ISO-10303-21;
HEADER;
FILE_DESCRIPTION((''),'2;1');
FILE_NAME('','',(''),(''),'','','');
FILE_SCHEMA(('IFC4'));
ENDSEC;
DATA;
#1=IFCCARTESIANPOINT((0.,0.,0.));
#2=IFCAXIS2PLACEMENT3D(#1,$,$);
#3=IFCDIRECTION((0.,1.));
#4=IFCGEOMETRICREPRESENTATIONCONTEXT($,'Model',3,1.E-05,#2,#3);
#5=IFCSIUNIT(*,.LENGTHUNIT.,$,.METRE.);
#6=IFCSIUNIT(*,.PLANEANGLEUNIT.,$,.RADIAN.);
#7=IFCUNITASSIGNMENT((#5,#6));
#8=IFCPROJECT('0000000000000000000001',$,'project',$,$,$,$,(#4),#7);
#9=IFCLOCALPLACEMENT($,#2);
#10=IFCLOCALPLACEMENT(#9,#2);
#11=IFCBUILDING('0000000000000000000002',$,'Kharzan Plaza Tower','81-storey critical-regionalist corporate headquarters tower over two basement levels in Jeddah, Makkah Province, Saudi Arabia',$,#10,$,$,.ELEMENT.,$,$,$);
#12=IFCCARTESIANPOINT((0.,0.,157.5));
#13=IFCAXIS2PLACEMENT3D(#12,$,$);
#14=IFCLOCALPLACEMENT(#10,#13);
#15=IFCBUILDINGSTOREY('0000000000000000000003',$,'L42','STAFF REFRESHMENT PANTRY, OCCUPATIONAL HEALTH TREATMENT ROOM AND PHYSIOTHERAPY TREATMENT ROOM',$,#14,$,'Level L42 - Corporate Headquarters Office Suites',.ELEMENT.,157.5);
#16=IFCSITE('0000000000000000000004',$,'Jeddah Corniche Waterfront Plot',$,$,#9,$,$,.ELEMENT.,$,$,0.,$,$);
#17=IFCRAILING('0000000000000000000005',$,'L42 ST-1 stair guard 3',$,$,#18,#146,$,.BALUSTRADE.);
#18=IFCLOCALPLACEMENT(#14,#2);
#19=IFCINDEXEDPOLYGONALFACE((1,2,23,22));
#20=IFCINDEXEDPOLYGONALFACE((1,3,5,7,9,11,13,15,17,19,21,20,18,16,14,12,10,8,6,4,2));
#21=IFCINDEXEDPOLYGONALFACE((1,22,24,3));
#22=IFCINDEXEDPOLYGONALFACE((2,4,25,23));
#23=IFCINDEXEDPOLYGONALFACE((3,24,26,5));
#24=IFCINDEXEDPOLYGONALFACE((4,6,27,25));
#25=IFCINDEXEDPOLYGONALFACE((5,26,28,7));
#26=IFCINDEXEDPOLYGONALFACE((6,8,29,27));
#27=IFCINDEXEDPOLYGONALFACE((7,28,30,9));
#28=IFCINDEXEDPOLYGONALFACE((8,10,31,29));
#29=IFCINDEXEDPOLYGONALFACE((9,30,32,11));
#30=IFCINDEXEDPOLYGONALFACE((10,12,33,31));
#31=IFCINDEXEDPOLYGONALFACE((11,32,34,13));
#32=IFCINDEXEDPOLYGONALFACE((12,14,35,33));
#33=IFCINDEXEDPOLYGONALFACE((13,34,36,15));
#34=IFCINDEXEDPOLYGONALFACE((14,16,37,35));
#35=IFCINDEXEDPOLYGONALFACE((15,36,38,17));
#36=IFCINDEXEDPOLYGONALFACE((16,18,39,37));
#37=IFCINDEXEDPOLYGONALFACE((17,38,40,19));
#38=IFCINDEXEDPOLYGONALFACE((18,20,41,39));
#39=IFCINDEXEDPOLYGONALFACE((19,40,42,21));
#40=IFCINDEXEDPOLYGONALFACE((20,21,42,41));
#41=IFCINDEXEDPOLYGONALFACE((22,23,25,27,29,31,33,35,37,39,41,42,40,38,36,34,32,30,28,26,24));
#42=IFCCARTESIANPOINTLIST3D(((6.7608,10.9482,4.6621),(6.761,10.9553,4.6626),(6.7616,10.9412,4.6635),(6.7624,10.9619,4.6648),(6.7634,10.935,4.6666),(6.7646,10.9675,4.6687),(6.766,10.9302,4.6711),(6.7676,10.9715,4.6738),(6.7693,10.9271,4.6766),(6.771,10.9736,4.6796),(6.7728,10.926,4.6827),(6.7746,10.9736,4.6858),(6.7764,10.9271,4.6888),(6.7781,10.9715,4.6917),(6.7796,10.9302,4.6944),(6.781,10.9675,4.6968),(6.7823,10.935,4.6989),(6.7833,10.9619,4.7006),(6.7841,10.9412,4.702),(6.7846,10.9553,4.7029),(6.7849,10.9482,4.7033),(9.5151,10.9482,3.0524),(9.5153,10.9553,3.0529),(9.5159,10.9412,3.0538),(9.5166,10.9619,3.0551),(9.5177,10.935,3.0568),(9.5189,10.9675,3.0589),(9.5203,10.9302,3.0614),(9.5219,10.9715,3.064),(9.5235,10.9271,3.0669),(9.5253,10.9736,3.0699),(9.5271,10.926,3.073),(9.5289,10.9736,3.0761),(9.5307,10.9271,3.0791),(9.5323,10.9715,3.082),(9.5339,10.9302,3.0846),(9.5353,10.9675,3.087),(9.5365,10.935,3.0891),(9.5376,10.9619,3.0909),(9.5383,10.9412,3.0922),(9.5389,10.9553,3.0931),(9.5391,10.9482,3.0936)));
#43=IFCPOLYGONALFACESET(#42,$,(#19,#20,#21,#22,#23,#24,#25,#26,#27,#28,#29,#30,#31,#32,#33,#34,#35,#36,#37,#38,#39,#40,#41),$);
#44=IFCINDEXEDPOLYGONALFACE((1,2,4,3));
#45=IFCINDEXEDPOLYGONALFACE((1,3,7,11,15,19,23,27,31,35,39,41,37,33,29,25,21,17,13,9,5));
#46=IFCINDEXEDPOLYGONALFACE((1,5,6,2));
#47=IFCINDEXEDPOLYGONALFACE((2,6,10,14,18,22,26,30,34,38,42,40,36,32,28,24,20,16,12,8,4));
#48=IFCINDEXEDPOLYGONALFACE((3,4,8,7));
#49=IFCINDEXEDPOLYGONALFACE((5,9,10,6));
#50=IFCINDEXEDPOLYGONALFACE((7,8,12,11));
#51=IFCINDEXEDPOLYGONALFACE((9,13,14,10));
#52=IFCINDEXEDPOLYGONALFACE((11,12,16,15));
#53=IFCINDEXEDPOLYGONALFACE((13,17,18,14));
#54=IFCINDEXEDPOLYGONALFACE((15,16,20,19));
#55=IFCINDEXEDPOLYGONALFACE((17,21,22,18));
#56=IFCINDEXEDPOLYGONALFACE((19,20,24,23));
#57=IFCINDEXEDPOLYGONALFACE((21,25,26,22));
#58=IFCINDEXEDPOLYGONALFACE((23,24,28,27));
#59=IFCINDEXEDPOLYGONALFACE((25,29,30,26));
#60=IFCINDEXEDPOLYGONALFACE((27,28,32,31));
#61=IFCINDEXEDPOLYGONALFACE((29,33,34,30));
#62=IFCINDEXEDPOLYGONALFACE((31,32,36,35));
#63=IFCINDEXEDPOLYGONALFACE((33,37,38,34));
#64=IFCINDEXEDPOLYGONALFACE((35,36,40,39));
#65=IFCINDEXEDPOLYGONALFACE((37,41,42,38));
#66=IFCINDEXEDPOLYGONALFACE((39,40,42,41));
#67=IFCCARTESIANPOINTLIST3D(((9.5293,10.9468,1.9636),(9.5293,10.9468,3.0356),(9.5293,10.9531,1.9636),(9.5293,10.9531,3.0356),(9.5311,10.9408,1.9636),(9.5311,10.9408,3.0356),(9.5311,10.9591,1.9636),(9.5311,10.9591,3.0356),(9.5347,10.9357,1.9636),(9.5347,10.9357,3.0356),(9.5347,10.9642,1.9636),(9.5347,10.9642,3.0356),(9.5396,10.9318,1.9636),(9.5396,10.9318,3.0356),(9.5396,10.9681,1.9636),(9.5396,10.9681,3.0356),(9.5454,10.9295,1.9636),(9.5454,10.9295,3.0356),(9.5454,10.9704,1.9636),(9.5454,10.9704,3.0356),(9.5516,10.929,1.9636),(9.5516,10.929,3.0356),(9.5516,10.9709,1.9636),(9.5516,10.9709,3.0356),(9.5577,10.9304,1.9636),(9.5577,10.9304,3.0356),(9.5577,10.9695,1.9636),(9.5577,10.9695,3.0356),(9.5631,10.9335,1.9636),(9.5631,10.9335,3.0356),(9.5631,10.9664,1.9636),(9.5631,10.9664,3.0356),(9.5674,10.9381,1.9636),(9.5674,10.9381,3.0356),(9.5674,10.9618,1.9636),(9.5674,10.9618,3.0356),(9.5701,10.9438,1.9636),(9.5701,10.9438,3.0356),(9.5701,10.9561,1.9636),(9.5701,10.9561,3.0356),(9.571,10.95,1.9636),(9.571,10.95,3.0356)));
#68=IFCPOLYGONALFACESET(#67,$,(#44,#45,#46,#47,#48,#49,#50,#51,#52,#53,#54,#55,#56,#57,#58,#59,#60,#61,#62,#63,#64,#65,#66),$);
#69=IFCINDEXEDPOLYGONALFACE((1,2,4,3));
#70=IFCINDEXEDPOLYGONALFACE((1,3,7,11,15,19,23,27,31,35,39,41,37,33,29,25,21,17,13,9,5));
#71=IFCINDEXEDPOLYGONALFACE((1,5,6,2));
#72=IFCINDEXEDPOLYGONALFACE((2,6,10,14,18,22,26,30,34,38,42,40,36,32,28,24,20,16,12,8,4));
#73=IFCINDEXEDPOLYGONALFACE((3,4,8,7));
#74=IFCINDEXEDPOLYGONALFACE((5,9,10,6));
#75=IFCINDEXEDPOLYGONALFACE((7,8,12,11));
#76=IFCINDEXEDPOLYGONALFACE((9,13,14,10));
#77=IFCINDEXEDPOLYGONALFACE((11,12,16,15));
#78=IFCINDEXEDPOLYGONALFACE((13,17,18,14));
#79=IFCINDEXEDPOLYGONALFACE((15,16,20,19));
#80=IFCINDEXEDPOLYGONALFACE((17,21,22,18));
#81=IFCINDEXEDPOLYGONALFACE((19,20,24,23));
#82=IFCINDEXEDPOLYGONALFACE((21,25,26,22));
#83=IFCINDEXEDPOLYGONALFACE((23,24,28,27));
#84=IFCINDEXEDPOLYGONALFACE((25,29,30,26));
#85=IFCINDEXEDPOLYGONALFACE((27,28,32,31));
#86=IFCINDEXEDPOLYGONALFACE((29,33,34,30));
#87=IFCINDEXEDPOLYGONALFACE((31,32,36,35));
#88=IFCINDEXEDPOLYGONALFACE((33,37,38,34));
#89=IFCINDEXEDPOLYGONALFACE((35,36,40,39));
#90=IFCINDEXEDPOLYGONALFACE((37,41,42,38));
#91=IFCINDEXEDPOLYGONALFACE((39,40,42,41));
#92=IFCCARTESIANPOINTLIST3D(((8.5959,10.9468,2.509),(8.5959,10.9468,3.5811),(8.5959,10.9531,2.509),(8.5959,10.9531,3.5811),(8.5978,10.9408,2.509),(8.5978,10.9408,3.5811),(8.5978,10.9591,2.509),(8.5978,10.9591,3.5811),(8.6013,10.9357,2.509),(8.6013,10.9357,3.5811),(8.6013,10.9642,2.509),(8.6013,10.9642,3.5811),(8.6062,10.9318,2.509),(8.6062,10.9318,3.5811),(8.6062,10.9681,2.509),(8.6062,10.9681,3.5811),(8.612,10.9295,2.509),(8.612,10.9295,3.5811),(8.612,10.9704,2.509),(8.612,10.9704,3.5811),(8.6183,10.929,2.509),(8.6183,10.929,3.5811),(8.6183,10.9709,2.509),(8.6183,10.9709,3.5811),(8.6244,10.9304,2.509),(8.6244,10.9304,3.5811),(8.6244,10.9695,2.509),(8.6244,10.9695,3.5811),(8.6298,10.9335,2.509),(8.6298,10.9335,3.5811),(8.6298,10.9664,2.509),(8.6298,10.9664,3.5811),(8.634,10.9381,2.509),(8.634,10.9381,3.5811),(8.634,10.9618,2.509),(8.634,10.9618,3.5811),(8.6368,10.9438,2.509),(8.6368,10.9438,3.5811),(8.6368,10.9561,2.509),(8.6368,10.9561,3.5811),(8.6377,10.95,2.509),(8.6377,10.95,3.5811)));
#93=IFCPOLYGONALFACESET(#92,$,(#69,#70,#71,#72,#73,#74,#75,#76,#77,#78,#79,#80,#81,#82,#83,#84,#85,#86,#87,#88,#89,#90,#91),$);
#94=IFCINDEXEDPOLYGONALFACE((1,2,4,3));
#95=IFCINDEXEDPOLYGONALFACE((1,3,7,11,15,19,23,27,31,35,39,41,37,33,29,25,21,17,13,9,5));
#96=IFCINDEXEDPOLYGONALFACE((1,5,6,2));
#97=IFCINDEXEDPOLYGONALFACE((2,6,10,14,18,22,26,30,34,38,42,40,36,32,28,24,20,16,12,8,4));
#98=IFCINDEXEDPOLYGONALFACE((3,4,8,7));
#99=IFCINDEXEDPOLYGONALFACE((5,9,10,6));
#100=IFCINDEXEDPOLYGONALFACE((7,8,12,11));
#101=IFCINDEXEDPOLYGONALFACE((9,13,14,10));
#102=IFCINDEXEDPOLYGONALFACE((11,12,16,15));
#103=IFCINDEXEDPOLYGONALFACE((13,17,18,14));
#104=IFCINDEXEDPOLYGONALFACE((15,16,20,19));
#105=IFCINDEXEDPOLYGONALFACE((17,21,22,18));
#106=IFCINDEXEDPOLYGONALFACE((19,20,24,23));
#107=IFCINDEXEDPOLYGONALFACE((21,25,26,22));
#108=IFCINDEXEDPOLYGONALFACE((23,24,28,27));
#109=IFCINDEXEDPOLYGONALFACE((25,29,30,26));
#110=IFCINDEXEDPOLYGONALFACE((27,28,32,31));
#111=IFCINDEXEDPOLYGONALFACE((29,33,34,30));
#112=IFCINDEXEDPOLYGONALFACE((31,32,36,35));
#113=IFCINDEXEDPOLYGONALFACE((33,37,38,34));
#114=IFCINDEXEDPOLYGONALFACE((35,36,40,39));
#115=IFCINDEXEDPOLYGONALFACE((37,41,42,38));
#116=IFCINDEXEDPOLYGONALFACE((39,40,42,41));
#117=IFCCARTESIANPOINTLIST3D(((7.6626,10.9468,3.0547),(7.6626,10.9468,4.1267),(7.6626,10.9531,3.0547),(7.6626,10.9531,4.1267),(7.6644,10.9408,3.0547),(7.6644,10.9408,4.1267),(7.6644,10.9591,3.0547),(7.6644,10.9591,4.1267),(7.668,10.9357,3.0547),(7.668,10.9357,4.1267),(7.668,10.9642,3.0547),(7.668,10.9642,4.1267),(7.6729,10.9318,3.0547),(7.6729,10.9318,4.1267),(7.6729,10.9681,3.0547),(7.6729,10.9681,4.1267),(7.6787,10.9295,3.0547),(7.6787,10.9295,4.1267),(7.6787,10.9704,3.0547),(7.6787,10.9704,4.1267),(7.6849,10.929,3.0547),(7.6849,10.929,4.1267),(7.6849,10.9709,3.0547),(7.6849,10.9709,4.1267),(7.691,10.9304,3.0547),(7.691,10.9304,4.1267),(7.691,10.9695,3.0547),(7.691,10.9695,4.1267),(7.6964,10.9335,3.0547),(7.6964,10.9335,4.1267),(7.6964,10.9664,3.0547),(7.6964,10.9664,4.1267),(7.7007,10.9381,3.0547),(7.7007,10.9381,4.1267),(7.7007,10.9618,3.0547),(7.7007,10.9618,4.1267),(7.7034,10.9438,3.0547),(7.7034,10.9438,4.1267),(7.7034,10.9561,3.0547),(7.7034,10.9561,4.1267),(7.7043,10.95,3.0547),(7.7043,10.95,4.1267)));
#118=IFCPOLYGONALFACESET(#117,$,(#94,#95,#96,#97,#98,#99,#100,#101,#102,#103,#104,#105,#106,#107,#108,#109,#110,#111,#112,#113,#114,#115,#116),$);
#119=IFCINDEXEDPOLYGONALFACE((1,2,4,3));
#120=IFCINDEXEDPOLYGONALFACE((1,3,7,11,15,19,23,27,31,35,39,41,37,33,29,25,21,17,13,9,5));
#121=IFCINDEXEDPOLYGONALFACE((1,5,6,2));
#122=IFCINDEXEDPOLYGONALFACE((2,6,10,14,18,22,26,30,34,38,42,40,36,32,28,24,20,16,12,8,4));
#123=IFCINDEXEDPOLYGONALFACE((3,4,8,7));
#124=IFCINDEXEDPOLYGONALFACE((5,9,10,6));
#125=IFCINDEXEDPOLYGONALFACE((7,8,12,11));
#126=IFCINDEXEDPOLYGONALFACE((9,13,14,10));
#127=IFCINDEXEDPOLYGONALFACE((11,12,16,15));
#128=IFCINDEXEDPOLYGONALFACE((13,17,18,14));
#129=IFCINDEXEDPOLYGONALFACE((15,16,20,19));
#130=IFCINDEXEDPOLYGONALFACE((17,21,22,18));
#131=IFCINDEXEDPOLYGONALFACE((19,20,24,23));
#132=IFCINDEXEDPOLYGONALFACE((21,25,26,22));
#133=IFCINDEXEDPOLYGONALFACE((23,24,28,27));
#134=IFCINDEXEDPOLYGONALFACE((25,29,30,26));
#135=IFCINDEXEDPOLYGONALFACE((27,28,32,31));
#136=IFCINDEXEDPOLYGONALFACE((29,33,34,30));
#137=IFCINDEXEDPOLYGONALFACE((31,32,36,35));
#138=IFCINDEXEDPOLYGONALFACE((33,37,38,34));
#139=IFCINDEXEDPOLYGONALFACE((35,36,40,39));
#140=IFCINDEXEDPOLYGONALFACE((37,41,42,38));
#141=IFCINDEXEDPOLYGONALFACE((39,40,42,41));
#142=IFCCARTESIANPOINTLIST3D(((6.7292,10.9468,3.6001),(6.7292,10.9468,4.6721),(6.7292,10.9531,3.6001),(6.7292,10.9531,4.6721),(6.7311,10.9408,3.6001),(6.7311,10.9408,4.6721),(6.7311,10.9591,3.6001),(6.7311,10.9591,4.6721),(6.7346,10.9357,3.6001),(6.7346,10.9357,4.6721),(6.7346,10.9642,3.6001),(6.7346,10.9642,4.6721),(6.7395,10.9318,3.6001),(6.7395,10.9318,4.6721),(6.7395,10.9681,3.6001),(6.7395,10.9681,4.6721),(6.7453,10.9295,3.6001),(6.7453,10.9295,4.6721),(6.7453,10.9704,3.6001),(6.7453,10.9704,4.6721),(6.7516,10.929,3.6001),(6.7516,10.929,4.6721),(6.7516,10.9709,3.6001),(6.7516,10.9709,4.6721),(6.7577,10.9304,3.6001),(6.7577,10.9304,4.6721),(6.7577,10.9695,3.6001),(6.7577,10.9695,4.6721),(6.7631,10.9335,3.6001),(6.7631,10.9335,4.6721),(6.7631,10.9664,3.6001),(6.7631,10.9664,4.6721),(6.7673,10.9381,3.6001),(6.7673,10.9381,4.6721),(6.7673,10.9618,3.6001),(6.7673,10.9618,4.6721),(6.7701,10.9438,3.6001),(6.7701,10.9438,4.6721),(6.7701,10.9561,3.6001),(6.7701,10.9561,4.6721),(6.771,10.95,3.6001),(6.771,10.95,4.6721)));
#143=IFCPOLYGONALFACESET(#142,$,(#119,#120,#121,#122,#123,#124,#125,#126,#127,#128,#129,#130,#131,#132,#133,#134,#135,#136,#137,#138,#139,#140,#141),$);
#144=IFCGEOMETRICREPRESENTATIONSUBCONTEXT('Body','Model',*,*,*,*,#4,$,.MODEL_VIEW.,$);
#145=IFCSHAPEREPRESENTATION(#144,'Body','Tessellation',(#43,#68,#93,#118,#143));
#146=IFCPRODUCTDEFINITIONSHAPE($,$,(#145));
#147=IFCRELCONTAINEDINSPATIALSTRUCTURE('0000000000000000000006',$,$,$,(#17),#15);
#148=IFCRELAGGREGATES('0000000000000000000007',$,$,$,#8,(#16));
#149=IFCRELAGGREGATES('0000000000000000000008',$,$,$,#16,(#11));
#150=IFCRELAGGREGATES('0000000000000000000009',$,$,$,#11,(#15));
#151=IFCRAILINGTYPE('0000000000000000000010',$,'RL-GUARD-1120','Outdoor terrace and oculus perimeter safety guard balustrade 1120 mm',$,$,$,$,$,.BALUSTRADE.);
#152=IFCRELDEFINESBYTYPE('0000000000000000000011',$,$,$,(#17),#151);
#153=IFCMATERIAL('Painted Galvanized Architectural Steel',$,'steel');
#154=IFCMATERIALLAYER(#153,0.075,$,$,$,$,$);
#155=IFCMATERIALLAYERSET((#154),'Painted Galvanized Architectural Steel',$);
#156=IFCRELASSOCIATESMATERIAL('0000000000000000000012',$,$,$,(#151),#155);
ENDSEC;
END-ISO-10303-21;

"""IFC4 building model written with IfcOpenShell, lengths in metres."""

from ifc_helpers import new_model, si_unit, direction, frame, origin, origin_2d, place, context, subcontext, project, spatial, circle, extrude, source, transform, mapped, material, layer, layer_set, type_object, element, save


model = new_model("IFC4")

# Units and contexts
model_context = context("Model", 3, precision=1e-05, world=origin(), true_north=direction((0.0, 1.0)))
body_context = subcontext(model_context, "Body", "Model", "MODEL_VIEW")
ifc_project = project(units=[si_unit("LENGTHUNIT", "METRE"), si_unit("PLANEANGLEUNIT", "RADIAN")], contexts=[model_context])

# Site, building, storey
site_placement = place(None, origin())
site = spatial("IfcSite", under=ifc_project, at=site_placement, Name="Jeddah Corniche Waterfront Plot", CompositionType="ELEMENT", RefElevation=0.0)
building_placement = place(site_placement, origin())
building = spatial("IfcBuilding", under=site, at=building_placement, Name="Kharzan Plaza Tower", Description="81-storey critical-regionalist corporate headquarters tower over two basement levels in Jeddah, Makkah Province, Saudi Arabia", CompositionType="ELEMENT")
storey_placement = place(building_placement, frame((0.0, 0.0, 157.5)))
storey = spatial("IfcBuildingStorey", under=building, at=storey_placement, Name="L42", Description="STAFF REFRESHMENT PANTRY, OCCUPATIONAL HEALTH TREATMENT ROOM AND PHYSIOTHERAPY TREATMENT ROOM", LongName="Level L42 - Corporate Headquarters Office Suites", CompositionType="ELEMENT", Elevation=157.5)

# Railing
ifc_material_1 = material(Name="Painted Galvanized Architectural Steel", Category="steel")
ifc_layer_1 = layer(ifc_material_1, 0.075)
ifc_layer_set_1 = layer_set([ifc_layer_1], Name="Painted Galvanized Architectural Steel")
railing_type_1 = type_object("IfcRailingType", Name="RL-GUARD-1120", Description="Outdoor terrace and oculus perimeter safety guard balustrade 1120 mm", PredefinedType="BALUSTRADE", material=ifc_layer_set_1)
shared_shape_1 = source(origin(), body_context, "Body", "SweptSolid", [
    extrude(circle(Radius=0.0239, at=origin_2d()), frame((-0.0229, 0.0, 1.1094), z_axis=(-0.863361, 0.0, 0.504587), x_axis=(0.0, -1.0, 0.0)), (0.0, 0.0, 1.0), 3.1902),
    extrude(circle(Radius=0.021, at=origin_2d()), origin(), (0.0, 0.0, 1.0), 1.072),
    extrude(circle(Radius=0.021, at=origin_2d()), frame((-0.9333, 0.0, 0.5454)), (0.0, 0.0, 1.0), 1.072),
    extrude(circle(Radius=0.021, at=origin_2d()), frame((-1.8667, 0.0, 1.0911)), (0.0, 0.0, 1.0), 1.072),
    extrude(circle(Radius=0.021, at=origin_2d()), frame((-2.8, 0.0, 1.6365)), (0.0, 0.0, 1.0), 1.072),
])
railing_1_placement = place(storey_placement, frame((9.55, 10.95, 1.9636)))
element("IfcRailing", 1, at=railing_1_placement, inside=storey, type_object=railing_type_1, Name="L42 ST-1 stair guard 3", PredefinedType="BALUSTRADE", context=body_context, shape_type="MappedRepresentation", body=[
    mapped(shared_shape_1, transform((0.0, 0.0, 0.0), x_axis=(1.0, 0.0, 0.0), y_axis=(0.0, 1.0, 0.0), z_axis=(0.0, 0.0, 1.0))),
])

save(model, "model.ifc")
